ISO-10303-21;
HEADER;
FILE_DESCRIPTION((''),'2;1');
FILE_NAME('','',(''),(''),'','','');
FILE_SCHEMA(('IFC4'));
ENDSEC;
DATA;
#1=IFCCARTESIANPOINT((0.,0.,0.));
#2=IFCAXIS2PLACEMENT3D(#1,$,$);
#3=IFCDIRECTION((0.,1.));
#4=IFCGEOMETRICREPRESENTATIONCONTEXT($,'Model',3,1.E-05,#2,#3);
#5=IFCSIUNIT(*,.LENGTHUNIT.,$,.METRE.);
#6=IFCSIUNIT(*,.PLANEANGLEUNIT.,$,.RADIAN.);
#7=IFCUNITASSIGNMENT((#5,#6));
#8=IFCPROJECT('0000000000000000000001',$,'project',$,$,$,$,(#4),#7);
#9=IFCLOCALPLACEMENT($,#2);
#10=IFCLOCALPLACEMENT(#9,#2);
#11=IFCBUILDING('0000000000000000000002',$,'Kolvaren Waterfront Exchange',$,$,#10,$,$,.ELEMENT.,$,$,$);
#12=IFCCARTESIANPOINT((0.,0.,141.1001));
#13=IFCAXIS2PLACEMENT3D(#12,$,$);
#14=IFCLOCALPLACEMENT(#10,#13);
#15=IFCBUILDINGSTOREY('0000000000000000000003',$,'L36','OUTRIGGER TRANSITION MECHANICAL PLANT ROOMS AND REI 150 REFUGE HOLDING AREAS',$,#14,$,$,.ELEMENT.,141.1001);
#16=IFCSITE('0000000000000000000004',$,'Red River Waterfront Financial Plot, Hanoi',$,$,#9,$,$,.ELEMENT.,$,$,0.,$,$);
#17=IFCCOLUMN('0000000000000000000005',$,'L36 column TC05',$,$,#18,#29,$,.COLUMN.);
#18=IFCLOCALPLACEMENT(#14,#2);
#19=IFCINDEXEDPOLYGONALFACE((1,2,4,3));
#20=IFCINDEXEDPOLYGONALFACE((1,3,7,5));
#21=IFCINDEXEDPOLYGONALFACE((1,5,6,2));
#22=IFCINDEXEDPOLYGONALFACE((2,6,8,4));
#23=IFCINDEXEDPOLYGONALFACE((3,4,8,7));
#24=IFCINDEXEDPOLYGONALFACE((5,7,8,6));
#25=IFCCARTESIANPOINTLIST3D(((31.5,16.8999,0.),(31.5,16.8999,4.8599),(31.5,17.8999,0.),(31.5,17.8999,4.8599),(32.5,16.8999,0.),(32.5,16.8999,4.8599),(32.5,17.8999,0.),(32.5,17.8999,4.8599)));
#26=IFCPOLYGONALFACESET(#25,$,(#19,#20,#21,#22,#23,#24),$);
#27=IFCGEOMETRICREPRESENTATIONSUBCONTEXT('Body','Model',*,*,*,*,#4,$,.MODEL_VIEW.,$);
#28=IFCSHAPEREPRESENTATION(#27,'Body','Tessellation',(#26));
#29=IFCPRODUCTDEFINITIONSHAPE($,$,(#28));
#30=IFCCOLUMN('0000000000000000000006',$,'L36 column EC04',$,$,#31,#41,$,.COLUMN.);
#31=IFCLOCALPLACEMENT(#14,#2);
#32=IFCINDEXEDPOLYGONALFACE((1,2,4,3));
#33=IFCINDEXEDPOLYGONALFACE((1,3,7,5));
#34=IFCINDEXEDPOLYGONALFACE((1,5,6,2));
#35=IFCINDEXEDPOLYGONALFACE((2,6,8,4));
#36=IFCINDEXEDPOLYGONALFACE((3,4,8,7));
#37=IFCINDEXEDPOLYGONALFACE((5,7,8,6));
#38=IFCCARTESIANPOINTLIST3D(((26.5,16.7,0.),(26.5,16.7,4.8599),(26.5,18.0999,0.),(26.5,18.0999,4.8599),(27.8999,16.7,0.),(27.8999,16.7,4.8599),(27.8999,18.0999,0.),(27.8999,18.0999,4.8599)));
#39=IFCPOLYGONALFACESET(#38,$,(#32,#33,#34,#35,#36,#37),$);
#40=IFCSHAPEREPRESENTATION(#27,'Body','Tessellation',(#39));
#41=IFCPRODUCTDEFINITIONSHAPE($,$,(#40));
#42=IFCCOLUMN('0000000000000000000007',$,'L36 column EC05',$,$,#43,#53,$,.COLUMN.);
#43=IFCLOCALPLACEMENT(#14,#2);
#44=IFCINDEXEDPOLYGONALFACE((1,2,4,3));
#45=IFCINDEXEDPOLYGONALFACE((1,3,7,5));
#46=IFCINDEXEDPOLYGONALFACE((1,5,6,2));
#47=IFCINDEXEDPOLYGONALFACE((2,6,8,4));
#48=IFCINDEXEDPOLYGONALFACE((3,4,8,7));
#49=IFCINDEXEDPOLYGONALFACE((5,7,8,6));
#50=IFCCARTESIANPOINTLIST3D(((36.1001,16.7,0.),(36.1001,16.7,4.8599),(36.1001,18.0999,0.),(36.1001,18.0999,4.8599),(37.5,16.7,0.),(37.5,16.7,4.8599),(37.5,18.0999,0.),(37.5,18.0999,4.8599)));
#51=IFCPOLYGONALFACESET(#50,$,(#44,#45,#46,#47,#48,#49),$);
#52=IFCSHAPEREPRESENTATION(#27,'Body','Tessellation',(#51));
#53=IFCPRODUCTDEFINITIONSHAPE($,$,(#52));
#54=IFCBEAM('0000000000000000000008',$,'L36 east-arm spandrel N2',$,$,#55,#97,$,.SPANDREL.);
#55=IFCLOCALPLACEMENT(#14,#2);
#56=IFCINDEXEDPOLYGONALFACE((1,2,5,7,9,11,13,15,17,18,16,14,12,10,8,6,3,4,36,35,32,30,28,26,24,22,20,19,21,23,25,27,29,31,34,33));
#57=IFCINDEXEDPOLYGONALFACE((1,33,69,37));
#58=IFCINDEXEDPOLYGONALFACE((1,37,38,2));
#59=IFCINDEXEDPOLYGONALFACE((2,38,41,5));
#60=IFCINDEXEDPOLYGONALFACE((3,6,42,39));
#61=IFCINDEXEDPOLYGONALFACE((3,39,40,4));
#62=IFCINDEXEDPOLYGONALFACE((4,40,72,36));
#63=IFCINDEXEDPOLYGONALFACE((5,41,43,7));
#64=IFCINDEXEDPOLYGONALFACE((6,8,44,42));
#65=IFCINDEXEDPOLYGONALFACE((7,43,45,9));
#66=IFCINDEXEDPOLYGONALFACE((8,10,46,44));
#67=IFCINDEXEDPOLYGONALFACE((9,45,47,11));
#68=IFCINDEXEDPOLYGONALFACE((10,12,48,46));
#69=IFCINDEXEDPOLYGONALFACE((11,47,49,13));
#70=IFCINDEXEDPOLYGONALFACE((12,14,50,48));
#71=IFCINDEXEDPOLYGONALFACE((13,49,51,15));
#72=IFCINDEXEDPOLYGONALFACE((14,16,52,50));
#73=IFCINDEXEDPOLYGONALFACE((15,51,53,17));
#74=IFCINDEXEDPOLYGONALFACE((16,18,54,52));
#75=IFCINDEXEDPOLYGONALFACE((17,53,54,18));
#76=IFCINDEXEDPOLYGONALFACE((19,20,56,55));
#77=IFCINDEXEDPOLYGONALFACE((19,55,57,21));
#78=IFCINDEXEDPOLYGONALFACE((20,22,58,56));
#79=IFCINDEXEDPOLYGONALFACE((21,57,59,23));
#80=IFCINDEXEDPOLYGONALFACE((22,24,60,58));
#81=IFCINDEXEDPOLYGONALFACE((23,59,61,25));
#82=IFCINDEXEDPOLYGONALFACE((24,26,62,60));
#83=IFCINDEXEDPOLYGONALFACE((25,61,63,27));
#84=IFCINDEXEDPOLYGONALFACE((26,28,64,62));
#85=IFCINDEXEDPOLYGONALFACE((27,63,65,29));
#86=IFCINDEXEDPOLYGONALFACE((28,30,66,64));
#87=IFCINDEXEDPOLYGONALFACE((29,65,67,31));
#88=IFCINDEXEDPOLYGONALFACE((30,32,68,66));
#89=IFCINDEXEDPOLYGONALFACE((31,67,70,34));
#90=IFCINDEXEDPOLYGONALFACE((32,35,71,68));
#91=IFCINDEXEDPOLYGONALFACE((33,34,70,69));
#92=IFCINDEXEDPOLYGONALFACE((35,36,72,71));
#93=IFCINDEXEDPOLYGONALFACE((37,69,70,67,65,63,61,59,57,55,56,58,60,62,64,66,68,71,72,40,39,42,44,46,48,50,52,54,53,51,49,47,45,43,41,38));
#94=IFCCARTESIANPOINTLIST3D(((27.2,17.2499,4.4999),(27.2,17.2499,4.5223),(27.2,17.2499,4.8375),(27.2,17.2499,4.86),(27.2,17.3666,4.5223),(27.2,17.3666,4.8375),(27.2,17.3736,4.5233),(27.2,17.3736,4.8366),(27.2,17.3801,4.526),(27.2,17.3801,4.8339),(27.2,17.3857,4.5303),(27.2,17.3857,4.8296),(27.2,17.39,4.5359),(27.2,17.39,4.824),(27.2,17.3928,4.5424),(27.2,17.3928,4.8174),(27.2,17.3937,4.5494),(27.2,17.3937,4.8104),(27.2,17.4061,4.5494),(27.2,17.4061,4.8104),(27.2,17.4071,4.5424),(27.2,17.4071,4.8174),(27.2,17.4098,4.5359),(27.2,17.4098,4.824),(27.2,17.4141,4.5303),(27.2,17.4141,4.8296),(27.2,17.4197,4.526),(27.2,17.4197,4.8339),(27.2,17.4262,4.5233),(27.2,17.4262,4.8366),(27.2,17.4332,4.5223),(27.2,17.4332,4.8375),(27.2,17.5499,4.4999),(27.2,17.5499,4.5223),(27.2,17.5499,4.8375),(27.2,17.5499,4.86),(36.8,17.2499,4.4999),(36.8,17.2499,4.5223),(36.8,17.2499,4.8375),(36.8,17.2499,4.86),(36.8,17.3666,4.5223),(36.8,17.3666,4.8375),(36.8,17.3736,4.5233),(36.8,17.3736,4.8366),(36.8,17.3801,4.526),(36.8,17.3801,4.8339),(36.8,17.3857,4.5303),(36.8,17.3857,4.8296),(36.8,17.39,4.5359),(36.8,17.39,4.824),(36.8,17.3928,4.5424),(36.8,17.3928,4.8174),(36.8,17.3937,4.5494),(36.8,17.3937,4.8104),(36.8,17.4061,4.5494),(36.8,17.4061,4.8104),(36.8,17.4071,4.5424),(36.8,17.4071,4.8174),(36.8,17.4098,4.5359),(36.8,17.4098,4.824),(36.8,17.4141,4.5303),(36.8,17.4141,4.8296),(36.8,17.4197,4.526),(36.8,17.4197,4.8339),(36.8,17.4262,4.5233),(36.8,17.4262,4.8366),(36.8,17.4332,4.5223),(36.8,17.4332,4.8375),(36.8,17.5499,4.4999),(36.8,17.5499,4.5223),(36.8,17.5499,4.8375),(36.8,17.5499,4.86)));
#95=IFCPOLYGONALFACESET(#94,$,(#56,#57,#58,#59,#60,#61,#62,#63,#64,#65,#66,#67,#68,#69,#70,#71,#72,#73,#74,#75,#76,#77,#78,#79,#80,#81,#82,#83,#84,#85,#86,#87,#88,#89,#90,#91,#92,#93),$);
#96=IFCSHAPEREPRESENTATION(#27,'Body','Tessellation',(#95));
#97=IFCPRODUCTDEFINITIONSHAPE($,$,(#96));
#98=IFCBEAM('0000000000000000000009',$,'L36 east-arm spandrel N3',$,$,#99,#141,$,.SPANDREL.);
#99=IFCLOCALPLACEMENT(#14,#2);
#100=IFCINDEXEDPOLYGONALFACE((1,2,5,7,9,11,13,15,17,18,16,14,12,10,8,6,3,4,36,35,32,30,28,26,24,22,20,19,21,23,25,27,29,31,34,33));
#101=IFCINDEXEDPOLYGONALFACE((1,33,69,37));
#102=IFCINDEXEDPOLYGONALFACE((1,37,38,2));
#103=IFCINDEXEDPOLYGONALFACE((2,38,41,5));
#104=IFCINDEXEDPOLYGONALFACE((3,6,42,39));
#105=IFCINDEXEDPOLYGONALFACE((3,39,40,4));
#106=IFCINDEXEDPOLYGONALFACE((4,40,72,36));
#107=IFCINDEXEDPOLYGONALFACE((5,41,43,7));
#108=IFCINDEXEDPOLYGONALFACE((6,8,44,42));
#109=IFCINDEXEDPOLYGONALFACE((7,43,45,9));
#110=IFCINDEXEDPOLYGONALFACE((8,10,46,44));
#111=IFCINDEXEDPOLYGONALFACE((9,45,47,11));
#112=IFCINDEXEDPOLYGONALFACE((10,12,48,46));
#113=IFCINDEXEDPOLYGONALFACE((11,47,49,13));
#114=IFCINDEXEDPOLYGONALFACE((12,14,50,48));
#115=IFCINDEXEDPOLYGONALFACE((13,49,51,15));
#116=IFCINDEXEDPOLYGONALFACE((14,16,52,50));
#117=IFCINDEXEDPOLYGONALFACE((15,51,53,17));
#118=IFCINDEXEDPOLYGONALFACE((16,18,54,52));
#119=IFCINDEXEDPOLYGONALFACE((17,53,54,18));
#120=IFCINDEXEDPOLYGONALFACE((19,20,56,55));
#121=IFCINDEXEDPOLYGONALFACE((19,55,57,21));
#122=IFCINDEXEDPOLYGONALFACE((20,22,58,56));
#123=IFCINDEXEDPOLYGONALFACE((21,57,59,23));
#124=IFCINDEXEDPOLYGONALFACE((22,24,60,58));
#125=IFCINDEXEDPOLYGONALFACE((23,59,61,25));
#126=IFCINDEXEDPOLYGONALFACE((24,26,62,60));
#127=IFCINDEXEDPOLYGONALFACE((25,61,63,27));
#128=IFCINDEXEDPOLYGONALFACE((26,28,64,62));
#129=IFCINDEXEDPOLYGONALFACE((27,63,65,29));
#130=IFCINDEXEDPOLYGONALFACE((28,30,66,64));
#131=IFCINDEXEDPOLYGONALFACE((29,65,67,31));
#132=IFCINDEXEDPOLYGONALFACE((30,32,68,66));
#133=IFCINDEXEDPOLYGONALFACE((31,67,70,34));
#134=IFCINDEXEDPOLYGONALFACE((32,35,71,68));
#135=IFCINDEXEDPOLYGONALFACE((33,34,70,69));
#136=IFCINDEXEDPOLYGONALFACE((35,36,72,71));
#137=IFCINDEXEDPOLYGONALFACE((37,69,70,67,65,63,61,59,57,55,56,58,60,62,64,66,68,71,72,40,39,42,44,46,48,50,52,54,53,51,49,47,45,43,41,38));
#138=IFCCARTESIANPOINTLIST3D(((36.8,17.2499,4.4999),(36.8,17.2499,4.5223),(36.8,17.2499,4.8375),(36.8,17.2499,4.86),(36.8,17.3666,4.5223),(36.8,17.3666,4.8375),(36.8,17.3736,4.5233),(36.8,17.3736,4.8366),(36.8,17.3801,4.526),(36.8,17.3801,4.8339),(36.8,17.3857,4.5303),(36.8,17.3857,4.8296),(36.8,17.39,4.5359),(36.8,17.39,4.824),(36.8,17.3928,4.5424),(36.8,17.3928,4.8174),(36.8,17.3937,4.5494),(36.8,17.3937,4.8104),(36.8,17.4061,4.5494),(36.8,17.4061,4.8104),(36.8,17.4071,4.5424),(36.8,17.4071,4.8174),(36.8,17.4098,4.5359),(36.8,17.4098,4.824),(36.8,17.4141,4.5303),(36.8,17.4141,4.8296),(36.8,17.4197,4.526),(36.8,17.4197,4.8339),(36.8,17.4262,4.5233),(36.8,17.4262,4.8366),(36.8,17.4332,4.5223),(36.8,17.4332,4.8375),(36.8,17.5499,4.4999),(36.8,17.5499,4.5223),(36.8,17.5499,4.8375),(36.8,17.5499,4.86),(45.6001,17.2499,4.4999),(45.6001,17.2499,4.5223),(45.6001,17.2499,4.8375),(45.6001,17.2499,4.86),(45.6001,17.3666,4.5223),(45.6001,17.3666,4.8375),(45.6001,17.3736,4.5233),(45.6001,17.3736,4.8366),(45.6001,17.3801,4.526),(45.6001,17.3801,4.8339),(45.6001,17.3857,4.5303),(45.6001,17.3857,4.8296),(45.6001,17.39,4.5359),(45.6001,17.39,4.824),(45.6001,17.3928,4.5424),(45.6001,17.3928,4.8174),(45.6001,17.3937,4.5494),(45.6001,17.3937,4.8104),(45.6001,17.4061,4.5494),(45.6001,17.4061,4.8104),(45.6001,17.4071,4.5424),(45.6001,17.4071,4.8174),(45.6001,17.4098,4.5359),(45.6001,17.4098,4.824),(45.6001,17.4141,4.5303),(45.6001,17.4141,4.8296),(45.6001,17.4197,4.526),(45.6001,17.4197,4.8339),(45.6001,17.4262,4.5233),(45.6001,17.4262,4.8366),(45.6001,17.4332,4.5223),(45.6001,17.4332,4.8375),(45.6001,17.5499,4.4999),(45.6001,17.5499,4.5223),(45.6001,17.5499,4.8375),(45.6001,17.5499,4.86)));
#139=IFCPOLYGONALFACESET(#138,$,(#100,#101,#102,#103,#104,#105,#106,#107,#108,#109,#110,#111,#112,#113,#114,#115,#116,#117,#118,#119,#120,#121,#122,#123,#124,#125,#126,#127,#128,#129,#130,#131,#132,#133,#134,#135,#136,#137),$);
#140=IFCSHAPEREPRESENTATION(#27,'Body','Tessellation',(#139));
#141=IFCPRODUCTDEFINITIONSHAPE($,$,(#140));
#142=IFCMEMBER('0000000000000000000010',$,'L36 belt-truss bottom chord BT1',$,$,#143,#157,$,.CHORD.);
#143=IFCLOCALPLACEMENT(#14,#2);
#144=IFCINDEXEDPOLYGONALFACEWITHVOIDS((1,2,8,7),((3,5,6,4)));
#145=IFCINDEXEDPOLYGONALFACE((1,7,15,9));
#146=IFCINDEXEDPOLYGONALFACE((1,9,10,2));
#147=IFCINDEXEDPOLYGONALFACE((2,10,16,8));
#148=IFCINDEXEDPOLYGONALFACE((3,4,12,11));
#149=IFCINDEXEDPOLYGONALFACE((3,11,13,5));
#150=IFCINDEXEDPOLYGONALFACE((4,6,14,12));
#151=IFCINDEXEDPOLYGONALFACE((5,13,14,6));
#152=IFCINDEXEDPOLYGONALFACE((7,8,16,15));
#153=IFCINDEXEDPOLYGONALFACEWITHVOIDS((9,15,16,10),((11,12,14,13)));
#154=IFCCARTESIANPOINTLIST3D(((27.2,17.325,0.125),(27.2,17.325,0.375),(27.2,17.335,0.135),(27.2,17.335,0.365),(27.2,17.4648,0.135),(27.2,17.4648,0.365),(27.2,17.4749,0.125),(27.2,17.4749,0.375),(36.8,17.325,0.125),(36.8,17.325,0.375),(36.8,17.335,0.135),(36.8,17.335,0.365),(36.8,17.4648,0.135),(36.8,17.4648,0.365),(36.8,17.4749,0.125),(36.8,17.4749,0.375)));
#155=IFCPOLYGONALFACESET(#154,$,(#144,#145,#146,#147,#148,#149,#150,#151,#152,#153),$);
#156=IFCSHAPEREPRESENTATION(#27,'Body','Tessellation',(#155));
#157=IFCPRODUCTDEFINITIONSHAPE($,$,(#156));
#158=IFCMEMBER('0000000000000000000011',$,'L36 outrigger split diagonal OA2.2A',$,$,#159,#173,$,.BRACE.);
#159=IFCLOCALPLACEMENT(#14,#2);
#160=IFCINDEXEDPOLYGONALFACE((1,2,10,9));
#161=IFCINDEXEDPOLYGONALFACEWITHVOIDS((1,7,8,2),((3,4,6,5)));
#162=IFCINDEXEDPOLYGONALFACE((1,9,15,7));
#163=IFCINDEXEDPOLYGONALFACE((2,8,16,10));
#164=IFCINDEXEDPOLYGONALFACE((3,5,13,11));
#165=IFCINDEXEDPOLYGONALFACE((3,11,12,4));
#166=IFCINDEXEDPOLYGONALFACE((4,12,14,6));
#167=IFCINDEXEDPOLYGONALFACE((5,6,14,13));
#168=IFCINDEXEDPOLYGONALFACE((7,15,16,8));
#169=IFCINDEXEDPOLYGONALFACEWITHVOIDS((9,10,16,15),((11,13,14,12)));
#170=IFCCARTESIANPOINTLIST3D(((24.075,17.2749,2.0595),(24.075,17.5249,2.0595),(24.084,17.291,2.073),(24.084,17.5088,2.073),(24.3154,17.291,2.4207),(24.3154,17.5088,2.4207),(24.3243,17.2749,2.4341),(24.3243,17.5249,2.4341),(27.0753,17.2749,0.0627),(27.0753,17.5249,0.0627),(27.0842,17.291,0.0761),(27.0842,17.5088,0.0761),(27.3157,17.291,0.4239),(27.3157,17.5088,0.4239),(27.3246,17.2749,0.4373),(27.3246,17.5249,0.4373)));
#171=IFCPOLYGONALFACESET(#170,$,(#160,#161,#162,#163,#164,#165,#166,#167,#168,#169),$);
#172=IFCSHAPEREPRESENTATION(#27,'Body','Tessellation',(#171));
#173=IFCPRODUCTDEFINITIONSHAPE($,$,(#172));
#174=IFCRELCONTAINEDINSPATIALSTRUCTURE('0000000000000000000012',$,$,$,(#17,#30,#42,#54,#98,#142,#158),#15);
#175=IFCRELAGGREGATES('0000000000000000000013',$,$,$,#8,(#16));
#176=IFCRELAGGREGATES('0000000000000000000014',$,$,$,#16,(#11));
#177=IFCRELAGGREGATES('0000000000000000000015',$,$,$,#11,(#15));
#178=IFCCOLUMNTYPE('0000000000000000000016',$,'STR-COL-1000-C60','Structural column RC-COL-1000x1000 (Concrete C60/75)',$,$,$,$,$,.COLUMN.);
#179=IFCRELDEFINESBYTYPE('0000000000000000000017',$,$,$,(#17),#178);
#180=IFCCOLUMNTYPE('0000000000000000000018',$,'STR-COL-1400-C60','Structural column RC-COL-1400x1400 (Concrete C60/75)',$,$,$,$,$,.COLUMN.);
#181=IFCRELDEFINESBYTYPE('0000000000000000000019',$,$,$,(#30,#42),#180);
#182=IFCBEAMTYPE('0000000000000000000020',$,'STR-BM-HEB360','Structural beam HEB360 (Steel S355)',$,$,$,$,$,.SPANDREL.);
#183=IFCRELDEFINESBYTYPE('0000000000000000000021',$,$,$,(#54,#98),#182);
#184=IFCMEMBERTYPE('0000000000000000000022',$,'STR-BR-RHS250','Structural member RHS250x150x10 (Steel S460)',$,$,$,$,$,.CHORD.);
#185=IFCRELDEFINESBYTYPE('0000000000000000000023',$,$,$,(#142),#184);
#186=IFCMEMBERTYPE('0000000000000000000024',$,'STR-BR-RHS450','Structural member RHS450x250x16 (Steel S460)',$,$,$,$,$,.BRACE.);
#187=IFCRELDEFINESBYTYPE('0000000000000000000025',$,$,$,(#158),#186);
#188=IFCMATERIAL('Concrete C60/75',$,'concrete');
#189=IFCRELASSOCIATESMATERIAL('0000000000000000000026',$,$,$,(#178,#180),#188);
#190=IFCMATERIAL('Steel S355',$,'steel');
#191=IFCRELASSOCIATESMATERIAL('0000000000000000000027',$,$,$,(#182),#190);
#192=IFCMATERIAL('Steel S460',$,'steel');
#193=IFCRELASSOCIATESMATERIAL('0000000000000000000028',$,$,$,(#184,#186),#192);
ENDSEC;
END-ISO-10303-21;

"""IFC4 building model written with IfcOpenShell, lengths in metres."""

from ifc_helpers import new_model, si_unit, direction, frame, origin, origin_2d, place, context, subcontext, project, spatial, rectangle, hollow_rectangle, i_section, extrude, material, material_profile, profile_set, type_object, element, save


model = new_model("IFC4")

# Units and contexts
model_context = context("Model", 3, precision=1e-05, world=origin(), true_north=direction((0.0, 1.0)))
body_context = subcontext(model_context, "Body", "Model", "MODEL_VIEW")
ifc_project = project(units=[si_unit("LENGTHUNIT", "METRE"), si_unit("PLANEANGLEUNIT", "RADIAN")], contexts=[model_context])

# Site, building, storey
site_placement = place(None, origin())
site = spatial("IfcSite", under=ifc_project, at=site_placement, Name="Red River Waterfront Financial Plot, Hanoi", CompositionType="ELEMENT", RefElevation=0.0)
building_placement = place(site_placement, origin())
building = spatial("IfcBuilding", under=site, at=building_placement, Name="Kolvaren Waterfront Exchange", CompositionType="ELEMENT")
storey_placement = place(building_placement, frame((0.0, 0.0, 141.1001)))
storey = spatial("IfcBuildingStorey", under=building, at=storey_placement, Name="L36", Description="OUTRIGGER TRANSITION MECHANICAL PLANT ROOMS AND REI 150 REFUGE HOLDING AREAS", CompositionType="ELEMENT", Elevation=141.1001)

# Columns
ifc_material_1 = material(Name="Concrete C60/75", Category="concrete")
ifc_material_profile_1 = material_profile(ifc_material_1, rectangle(XDim=1.0, YDim=1.0, at=origin_2d()), Name="RC-COL-1000x1000")
ifc_profile_set_1 = profile_set([ifc_material_profile_1], Name="Concrete C60/75")
column_type_1 = type_object("IfcColumnType", Name="STR-COL-1000-C60", Description="Structural column RC-COL-1000x1000 (Concrete C60/75)", PredefinedType="COLUMN", material=ifc_profile_set_1)
column_placement = place(storey_placement, frame((32.0, 17.3999, 0.0), z_axis=(0.0, 0.0, 1.0), x_axis=(1.0, 0.0, 0.0)))
element("IfcColumn", 1, at=column_placement, inside=storey, type_object=column_type_1, Name="L36 column TC05", PredefinedType="COLUMN", context=body_context, shape_type="SweptSolid", body=[
    extrude(rectangle(XDim=1.0, YDim=1.0, at=origin_2d()), origin(), (0.0, 0.0, 1.0), 4.8599),
])
ifc_material_profile_2 = material_profile(ifc_material_1, rectangle(XDim=1.3999, YDim=1.3999, at=origin_2d()), Name="RC-COL-1400x1400")
ifc_profile_set_2 = profile_set([ifc_material_profile_2], Name="Concrete C60/75")
column_type_2 = type_object("IfcColumnType", Name="STR-COL-1400-C60", Description="Structural column RC-COL-1400x1400 (Concrete C60/75)", PredefinedType="COLUMN", material=ifc_profile_set_2)
for number, where, z_axis, x_axis, name in (
    (2, (27.2, 17.3999, 0.0), (0.0, 0.0, 1.0), (1.0, 0.0, 0.0), "L36 column EC04"),
    (3, (36.8, 17.3999, 0.0), (0.0, 0.0, 1.0), (1.0, 0.0, 0.0), "L36 column EC05"),
):
    element("IfcColumn", number, at=place(storey_placement, frame(where, z_axis=z_axis, x_axis=x_axis)), inside=storey, type_object=column_type_2, Name=name, PredefinedType="COLUMN", context=body_context, shape_type="SweptSolid", body=[
        extrude(rectangle(XDim=1.3999, YDim=1.3999, at=origin_2d()), origin(), (0.0, 0.0, 1.0), 4.8599),
    ])

# Beams
ifc_material_2 = material(Name="Steel S355", Category="steel")
ifc_material_profile_3 = material_profile(ifc_material_2, i_section(OverallWidth=0.3, OverallDepth=0.3601, WebThickness=0.0125, FlangeThickness=0.0225, FilletRadius=0.0271, at=origin_2d()), Name="HEB360")
ifc_profile_set_3 = profile_set([ifc_material_profile_3], Name="Steel S355")
beam_type = type_object("IfcBeamType", Name="STR-BM-HEB360", Description="Structural beam HEB360 (Steel S355)", PredefinedType="SPANDREL", material=ifc_profile_set_3)
beam_1_placement = place(storey_placement, frame((27.2, 17.3999, 4.6799), z_axis=(1.0, 0.0, 0.0), x_axis=(0.0, 1.0, 0.0)))
element("IfcBeam", 4, at=beam_1_placement, inside=storey, type_object=beam_type, Name="L36 east-arm spandrel N2", PredefinedType="SPANDREL", context=body_context, shape_type="SweptSolid", body=[
    extrude(i_section(OverallWidth=0.3, OverallDepth=0.3601, WebThickness=0.0125, FlangeThickness=0.0225, FilletRadius=0.0271, at=origin_2d()), origin(), (0.0, 0.0, 1.0), 9.6001),
])
beam_2_placement = place(storey_placement, frame((36.8, 17.3999, 4.6799), z_axis=(1.0, 0.0, 0.0), x_axis=(0.0, 1.0, 0.0)))
element("IfcBeam", 5, at=beam_2_placement, inside=storey, type_object=beam_type, Name="L36 east-arm spandrel N3", PredefinedType="SPANDREL", context=body_context, shape_type="SweptSolid", body=[
    extrude(i_section(OverallWidth=0.3, OverallDepth=0.3601, WebThickness=0.0125, FlangeThickness=0.0225, FilletRadius=0.0271, at=origin_2d()), origin(), (0.0, 0.0, 1.0), 8.8),
])

# Members
ifc_material_3 = material(Name="Steel S460", Category="steel")
ifc_material_profile_4 = material_profile(ifc_material_3, hollow_rectangle(XDim=0.1499, YDim=0.25, WallThickness=0.01, at=origin_2d()), Name="RHS250x150x10")
ifc_profile_set_4 = profile_set([ifc_material_profile_4], Name="Steel S460")
member_type_1 = type_object("IfcMemberType", Name="STR-BR-RHS250", Description="Structural member RHS250x150x10 (Steel S460)", PredefinedType="CHORD", material=ifc_profile_set_4)
member_1_placement = place(storey_placement, frame((27.2, 17.3999, 0.25), z_axis=(1.0, 0.0, 0.0), x_axis=(0.0, 1.0, 0.0)))
element("IfcMember", 6, at=member_1_placement, inside=storey, type_object=member_type_1, Name="L36 belt-truss bottom chord BT1", PredefinedType="CHORD", context=body_context, shape_type="SweptSolid", body=[
    extrude(hollow_rectangle(XDim=0.1499, YDim=0.25, WallThickness=0.01, at=origin_2d()), origin(), (0.0, 0.0, 1.0), 9.6001),
])
ifc_material_profile_5 = material_profile(ifc_material_3, hollow_rectangle(XDim=0.25, YDim=0.45, WallThickness=0.0161, at=origin_2d()), Name="RHS450x250x16")
ifc_profile_set_5 = profile_set([ifc_material_profile_5], Name="Steel S460")
member_type_2 = type_object("IfcMemberType", Name="STR-BR-RHS450", Description="Structural member RHS450x250x16 (Steel S460)", PredefinedType="BRACE", material=ifc_profile_set_5)
member_2_placement = place(storey_placement, frame((27.2, 17.3999, 0.25), z_axis=(-0.832477, 0.0, 0.554059), x_axis=(0.0, -1.0, 0.0)))
element("IfcMember", 7, at=member_2_placement, inside=storey, type_object=member_type_2, Name="L36 outrigger split diagonal OA2.2A", PredefinedType="BRACE", context=body_context, shape_type="SweptSolid", body=[
    extrude(hollow_rectangle(XDim=0.25, YDim=0.45, WallThickness=0.0161, at=origin_2d()), origin(), (0.0, 0.0, 1.0), 3.604),
])

save(model, "model.ifc")
